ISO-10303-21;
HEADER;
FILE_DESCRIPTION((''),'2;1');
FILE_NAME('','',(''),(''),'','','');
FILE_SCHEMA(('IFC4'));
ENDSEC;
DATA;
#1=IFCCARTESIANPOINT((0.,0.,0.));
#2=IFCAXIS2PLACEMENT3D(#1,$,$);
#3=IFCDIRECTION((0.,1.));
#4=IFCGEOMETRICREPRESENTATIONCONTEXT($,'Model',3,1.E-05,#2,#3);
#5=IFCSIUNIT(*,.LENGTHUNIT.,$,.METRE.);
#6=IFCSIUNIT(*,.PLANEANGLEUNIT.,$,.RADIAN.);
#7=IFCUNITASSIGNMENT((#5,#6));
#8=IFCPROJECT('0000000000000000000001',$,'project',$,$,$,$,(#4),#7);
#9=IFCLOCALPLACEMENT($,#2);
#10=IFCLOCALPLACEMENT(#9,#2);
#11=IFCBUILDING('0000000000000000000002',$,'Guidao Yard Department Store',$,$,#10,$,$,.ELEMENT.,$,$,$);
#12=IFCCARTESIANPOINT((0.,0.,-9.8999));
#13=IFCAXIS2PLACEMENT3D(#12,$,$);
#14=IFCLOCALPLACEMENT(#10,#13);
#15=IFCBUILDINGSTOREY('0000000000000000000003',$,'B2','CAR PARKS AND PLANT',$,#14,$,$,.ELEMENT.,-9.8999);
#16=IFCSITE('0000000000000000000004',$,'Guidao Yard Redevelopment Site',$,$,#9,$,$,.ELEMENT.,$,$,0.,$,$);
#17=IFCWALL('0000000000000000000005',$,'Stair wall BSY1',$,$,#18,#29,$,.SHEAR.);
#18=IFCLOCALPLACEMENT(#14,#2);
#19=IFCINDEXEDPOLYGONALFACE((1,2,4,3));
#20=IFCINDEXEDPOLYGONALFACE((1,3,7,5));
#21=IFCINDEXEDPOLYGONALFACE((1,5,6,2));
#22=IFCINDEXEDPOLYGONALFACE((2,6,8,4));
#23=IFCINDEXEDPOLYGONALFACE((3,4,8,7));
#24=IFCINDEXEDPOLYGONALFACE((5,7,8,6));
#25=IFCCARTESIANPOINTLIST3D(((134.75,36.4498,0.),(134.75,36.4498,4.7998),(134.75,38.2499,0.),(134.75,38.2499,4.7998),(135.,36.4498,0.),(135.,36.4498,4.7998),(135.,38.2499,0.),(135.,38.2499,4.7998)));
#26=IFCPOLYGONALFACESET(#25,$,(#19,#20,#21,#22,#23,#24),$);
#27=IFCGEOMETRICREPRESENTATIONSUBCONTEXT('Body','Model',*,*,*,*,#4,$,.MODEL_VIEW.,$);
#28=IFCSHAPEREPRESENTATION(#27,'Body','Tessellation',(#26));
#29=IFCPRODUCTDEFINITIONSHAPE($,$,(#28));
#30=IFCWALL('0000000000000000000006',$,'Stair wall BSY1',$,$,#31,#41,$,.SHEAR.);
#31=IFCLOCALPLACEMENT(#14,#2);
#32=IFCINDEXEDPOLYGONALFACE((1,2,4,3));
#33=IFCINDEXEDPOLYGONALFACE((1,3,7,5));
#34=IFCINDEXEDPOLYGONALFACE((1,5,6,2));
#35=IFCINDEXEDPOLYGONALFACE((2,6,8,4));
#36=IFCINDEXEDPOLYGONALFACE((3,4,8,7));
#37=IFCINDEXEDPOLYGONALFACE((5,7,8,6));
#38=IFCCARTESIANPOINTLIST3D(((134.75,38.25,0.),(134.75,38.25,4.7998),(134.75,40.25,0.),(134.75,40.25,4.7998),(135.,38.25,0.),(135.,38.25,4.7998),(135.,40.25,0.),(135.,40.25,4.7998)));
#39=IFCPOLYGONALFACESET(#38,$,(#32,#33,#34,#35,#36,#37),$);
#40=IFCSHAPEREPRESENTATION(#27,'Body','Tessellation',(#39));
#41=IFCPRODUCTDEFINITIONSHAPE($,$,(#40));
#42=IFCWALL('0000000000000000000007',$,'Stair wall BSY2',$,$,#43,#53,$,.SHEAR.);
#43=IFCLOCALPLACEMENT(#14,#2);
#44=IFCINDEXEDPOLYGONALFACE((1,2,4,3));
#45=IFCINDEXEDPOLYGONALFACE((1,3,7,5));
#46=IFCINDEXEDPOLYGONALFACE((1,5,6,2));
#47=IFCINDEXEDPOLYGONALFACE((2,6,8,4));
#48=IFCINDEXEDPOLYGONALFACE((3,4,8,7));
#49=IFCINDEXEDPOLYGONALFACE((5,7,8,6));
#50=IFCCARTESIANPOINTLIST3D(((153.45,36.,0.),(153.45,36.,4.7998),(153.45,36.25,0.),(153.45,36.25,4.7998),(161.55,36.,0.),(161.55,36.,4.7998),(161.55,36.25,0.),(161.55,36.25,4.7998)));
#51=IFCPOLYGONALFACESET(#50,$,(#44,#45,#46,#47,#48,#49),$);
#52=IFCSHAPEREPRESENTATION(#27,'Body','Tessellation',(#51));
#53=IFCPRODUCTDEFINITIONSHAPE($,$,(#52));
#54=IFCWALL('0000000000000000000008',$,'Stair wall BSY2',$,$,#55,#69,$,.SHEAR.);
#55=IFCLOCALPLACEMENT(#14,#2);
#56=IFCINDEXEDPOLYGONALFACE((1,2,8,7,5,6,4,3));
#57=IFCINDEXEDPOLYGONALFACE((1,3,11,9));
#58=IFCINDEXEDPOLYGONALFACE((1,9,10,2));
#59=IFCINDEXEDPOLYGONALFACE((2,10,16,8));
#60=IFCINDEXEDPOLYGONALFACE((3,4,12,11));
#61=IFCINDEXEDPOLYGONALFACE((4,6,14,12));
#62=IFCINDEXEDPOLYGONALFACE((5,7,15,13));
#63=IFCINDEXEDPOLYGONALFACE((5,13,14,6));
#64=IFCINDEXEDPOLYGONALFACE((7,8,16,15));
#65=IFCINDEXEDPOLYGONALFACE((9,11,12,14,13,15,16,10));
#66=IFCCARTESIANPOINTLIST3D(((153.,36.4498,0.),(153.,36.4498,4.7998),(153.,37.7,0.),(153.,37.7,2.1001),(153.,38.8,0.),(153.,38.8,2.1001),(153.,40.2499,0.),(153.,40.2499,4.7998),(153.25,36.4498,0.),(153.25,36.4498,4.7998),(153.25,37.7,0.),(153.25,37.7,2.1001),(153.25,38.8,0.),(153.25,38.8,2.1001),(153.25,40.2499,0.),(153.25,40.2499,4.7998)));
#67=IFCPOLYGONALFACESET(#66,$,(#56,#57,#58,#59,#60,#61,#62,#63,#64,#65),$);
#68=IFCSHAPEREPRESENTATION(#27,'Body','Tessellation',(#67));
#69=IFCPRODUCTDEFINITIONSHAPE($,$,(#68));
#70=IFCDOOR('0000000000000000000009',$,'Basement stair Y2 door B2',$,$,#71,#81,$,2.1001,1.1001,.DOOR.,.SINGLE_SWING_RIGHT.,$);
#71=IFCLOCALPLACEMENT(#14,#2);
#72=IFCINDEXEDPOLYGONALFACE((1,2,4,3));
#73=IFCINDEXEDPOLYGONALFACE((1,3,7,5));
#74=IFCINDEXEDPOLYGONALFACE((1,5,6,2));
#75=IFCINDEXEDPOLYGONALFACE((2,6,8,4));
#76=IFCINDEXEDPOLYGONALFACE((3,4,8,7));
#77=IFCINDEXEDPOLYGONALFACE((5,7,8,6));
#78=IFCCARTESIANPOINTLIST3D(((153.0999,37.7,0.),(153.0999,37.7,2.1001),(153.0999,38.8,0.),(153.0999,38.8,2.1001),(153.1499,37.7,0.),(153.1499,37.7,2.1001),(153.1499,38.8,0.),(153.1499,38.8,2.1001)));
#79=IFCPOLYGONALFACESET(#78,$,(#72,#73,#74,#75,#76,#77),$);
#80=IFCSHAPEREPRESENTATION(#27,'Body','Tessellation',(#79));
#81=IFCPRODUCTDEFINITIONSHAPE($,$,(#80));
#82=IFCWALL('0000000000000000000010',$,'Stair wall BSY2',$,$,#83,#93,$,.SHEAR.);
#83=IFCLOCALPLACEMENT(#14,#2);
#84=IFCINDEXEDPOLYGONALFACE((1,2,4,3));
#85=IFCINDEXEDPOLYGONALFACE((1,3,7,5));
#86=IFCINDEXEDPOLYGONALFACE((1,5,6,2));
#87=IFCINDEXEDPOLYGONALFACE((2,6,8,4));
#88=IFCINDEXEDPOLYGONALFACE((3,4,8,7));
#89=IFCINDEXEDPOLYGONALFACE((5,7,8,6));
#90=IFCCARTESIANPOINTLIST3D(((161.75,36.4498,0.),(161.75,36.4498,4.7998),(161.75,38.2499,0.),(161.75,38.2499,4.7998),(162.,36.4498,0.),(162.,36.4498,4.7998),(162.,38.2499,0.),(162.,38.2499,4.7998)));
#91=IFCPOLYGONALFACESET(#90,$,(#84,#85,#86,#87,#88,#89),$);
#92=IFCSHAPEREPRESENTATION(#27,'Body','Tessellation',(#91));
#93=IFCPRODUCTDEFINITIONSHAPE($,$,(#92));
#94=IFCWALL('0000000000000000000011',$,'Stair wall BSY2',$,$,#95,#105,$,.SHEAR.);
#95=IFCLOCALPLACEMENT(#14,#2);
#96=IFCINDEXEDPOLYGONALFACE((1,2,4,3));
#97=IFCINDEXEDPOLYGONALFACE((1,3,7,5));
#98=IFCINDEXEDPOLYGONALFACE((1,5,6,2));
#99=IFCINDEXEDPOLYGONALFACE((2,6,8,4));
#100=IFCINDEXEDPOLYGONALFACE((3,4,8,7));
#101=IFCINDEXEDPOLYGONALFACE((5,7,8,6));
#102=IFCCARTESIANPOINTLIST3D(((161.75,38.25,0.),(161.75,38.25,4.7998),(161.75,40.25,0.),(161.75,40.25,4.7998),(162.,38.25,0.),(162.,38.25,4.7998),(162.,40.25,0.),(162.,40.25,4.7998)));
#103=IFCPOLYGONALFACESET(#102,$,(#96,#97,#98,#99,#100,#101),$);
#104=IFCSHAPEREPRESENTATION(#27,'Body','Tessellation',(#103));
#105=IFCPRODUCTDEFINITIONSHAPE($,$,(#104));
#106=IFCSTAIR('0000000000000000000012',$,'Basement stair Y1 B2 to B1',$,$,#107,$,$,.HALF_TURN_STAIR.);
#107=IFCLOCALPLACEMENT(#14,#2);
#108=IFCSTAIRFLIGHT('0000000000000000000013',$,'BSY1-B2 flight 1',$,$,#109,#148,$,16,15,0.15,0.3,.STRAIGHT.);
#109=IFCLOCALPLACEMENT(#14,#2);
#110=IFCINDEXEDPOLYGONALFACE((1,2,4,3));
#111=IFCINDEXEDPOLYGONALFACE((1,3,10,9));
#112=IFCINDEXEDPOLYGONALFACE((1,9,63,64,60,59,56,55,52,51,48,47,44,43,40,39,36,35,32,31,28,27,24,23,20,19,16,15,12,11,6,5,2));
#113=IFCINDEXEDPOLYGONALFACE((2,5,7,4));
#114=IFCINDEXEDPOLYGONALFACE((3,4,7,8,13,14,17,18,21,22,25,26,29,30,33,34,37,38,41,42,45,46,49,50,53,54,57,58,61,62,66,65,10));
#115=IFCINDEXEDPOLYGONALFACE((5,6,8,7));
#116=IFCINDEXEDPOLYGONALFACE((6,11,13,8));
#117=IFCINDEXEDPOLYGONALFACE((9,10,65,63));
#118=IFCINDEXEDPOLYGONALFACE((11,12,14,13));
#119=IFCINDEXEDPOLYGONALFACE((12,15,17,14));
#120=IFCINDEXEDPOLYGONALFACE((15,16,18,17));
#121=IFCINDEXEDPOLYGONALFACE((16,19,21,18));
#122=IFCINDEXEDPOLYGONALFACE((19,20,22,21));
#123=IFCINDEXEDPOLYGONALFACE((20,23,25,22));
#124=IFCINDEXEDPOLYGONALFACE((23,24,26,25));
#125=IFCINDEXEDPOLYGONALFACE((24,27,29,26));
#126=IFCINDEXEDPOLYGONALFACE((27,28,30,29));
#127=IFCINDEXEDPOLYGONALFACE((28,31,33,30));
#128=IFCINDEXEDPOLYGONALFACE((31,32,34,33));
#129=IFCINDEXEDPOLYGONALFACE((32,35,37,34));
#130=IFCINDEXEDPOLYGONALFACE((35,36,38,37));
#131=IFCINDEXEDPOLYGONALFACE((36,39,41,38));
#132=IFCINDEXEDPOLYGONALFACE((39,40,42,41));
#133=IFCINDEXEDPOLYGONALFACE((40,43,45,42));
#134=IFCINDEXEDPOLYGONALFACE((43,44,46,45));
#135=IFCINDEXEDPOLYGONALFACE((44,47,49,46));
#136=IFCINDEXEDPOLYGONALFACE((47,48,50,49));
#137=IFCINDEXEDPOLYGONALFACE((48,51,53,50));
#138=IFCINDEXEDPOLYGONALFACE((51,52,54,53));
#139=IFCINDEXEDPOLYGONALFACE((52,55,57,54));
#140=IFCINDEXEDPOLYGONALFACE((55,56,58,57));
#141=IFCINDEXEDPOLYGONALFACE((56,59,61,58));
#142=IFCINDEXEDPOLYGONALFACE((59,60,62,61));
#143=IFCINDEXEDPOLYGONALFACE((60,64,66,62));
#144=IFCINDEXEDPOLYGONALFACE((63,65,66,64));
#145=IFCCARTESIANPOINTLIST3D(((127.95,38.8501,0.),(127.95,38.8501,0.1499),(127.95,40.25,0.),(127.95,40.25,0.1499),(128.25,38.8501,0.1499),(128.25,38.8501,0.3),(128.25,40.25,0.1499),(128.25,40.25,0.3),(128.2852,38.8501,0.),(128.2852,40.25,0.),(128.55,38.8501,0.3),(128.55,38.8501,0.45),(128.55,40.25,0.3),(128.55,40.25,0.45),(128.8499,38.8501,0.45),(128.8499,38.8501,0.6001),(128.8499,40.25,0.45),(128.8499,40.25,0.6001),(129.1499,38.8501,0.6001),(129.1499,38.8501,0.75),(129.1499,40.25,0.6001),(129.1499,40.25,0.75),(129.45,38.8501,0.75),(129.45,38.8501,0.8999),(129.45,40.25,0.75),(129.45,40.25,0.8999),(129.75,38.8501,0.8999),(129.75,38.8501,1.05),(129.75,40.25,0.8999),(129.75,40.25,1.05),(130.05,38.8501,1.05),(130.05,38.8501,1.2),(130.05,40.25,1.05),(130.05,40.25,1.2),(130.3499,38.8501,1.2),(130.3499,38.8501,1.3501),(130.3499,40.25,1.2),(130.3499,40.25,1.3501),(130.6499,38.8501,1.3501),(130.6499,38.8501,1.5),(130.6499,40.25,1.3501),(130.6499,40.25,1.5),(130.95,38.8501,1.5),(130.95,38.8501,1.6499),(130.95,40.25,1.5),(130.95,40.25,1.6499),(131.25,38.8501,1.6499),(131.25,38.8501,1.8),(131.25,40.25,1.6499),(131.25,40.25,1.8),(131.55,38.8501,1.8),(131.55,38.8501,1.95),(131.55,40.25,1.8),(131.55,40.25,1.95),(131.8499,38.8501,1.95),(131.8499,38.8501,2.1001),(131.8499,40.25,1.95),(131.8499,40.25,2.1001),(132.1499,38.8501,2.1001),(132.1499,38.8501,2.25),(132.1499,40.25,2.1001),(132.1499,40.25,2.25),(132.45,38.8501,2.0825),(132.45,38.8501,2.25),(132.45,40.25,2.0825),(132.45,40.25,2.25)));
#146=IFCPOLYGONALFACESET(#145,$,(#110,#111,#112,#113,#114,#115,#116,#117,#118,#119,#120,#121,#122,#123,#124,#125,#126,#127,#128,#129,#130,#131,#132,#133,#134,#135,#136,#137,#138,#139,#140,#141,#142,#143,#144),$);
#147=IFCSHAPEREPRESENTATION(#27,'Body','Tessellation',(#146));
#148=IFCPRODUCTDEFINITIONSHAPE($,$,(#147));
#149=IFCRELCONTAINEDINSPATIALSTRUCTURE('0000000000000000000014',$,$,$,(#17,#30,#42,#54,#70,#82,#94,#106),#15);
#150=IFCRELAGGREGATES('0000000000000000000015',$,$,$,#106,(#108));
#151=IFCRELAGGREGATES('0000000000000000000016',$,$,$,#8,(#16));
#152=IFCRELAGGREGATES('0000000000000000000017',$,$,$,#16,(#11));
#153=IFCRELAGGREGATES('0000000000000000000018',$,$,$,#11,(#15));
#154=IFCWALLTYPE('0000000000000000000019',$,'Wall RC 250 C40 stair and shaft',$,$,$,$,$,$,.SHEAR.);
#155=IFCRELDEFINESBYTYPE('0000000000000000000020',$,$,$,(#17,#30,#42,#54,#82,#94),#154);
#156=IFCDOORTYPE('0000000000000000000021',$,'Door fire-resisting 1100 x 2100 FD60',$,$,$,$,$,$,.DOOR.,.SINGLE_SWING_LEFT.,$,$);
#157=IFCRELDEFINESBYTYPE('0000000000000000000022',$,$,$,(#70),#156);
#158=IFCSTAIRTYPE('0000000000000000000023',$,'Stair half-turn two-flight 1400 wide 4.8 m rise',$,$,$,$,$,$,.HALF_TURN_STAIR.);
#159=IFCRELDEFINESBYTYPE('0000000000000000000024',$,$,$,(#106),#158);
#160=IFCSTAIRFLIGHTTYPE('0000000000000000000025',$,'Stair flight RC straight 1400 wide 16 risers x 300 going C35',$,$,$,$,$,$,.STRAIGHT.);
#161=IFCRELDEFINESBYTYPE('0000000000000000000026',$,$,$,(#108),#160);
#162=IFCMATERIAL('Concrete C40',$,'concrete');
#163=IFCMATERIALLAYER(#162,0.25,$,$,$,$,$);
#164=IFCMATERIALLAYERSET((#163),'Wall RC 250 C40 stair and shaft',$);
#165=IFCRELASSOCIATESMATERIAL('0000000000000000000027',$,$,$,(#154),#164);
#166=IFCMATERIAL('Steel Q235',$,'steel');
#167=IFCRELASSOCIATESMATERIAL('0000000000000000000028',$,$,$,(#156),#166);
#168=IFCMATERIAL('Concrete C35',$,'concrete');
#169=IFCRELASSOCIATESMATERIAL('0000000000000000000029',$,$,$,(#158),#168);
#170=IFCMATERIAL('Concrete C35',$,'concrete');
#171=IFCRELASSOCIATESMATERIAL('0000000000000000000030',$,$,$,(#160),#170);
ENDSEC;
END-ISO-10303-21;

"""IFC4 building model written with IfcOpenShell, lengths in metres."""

from ifc_helpers import new_model, si_unit, direction, frame, frame_2d, origin, place, context, subcontext, project, spatial, polyline, rectangle, outline, extrude, material, layer, layer_set, type_object, element, fill, aggregate, save


model = new_model("IFC4")

# Units and contexts
model_context = context("Model", 3, precision=1e-05, world=origin(), true_north=direction((0.0, 1.0)))
body_context = subcontext(model_context, "Body", "Model", "MODEL_VIEW")
ifc_project = project(units=[si_unit("LENGTHUNIT", "METRE"), si_unit("PLANEANGLEUNIT", "RADIAN")], contexts=[model_context])

# Site, building, storey
site_placement = place(None, origin())
site = spatial("IfcSite", under=ifc_project, at=site_placement, Name="Guidao Yard Redevelopment Site", CompositionType="ELEMENT", RefElevation=0.0)
building_placement = place(site_placement, origin())
building = spatial("IfcBuilding", under=site, at=building_placement, Name="Guidao Yard Department Store", CompositionType="ELEMENT")
storey_placement = place(building_placement, frame((0.0, 0.0, -9.8999)))
storey = spatial("IfcBuildingStorey", under=building, at=storey_placement, Name="B2", Description="CAR PARKS AND PLANT", CompositionType="ELEMENT", Elevation=-9.8999)

# Shared definitions
ifc_material_1 = material(Name="Concrete C40", Category="concrete")
ifc_layer_1 = layer(ifc_material_1, 0.25)
ifc_layer_set_1 = layer_set([ifc_layer_1], Name="Wall RC 250 C40 stair and shaft")
wall_type_1 = type_object("IfcWallType", Name="Wall RC 250 C40 stair and shaft", PredefinedType="SHEAR", material=ifc_layer_set_1)

# Shared definitions
ifc_material_2 = material(Name="Steel Q235", Category="steel")
door_type = type_object("IfcDoorType", Name="Door fire-resisting 1100 x 2100 FD60", OperationType="SINGLE_SWING_LEFT", PredefinedType="DOOR", material=ifc_material_2)

# Walls
wall_1_placement = place(storey_placement, frame((134.875, 36.45, 0.0), z_axis=(0.0, 0.0, 1.0), x_axis=(0.0, 1.0, 0.0)))
element("IfcWall", 1, at=wall_1_placement, inside=storey, type_object=wall_type_1, Name="Stair wall BSY1", PredefinedType="SHEAR", context=body_context, shape_type="SweptSolid", body=[
    extrude(rectangle(XDim=1.8, YDim=0.25, at=frame_2d((0.8999, 0.0))), origin(), (0.0, 0.0, 1.0), 4.7998),
])
wall_2_placement = place(storey_placement, frame((134.875, 38.25, 0.0), z_axis=(0.0, 0.0, 1.0), x_axis=(0.0, 1.0, 0.0)))
element("IfcWall", 2, at=wall_2_placement, inside=storey, type_object=wall_type_1, Name="Stair wall BSY1", PredefinedType="SHEAR", context=body_context, shape_type="SweptSolid", body=[
    extrude(rectangle(XDim=2.0, YDim=0.25, at=frame_2d((1.0, 0.0))), origin(), (0.0, 0.0, 1.0), 4.7998),
])
wall_3_placement = place(storey_placement, frame((153.45, 36.125, 0.0), z_axis=(0.0, 0.0, 1.0), x_axis=(1.0, 0.0, 0.0)))
element("IfcWall", 3, at=wall_3_placement, inside=storey, type_object=wall_type_1, Name="Stair wall BSY2", PredefinedType="SHEAR", context=body_context, shape_type="SweptSolid", body=[
    extrude(rectangle(XDim=8.1001, YDim=0.25, at=frame_2d((4.05, 0.0))), origin(), (0.0, 0.0, 1.0), 4.7998),
])

# Wall, opening, door
wall_4_placement = place(storey_placement, frame((153.125, 36.45, 0.0), z_axis=(0.0, 0.0, 1.0), x_axis=(0.0, 1.0, 0.0)))
wall_4 = element("IfcWall", 4, at=wall_4_placement, inside=storey, type_object=wall_type_1, Name="Stair wall BSY2", PredefinedType="SHEAR", context=body_context, shape_type="SweptSolid", body=[
    extrude(rectangle(XDim=3.8, YDim=0.25, at=frame_2d((1.8999, 0.0))), origin(), (0.0, 0.0, 1.0), 4.7998),
])
opening_1_placement = place(wall_4_placement, frame((2.3501, 0.0, 0.0), z_axis=(0.0, 0.0, 1.0), x_axis=(-1.0, 0.0, 0.0)))
opening_1 = element("IfcOpeningElement", 5, at=opening_1_placement, cuts=wall_4, PredefinedType="OPENING", context=body_context, shape_type="SweptSolid", body=[
    extrude(rectangle(XDim=1.1001, YDim=2.1001, at=frame_2d((0.55, 1.05))), frame((0.0, 0.135, 0.0), z_axis=(0.0, -1.0, 0.0), x_axis=(1.0, 0.0, 0.0)), (0.0, 0.0, 1.0), 0.27),
])
door_1_placement = place(opening_1_placement, origin())
door_1 = element("IfcDoor", 6, at=door_1_placement, inside=storey, type_object=door_type, Name="Basement stair Y2 door B2", OperationType="SINGLE_SWING_RIGHT", OverallHeight=2.1001, OverallWidth=1.1001, PredefinedType="DOOR", context=body_context, shape_type="SweptSolid", body=[
    extrude(rectangle(XDim=1.1001, YDim=2.1001, at=frame_2d((0.55, 1.05))), frame((0.0, 0.0249, 0.0), z_axis=(0.0, -1.0, 0.0), x_axis=(1.0, 0.0, 0.0)), (0.0, 0.0, 1.0), 0.05),
])
fill(opening_1, door_1)

# Walls
wall_5_placement = place(storey_placement, frame((161.875, 36.45, 0.0), z_axis=(0.0, 0.0, 1.0), x_axis=(0.0, 1.0, 0.0)))
element("IfcWall", 7, at=wall_5_placement, inside=storey, type_object=wall_type_1, Name="Stair wall BSY2", PredefinedType="SHEAR", context=body_context, shape_type="SweptSolid", body=[
    extrude(rectangle(XDim=1.8, YDim=0.25, at=frame_2d((0.8999, 0.0))), origin(), (0.0, 0.0, 1.0), 4.7998),
])
wall_6_placement = place(storey_placement, frame((161.875, 38.25, 0.0), z_axis=(0.0, 0.0, 1.0), x_axis=(0.0, 1.0, 0.0)))
element("IfcWall", 8, at=wall_6_placement, inside=storey, type_object=wall_type_1, Name="Stair wall BSY2", PredefinedType="SHEAR", context=body_context, shape_type="SweptSolid", body=[
    extrude(rectangle(XDim=2.0, YDim=0.25, at=frame_2d((1.0, 0.0))), origin(), (0.0, 0.0, 1.0), 4.7998),
])

# Stair, stair flight
ifc_material_3 = material(Name="Concrete C35", Category="concrete")
stair_type = type_object("IfcStairType", Name="Stair half-turn two-flight 1400 wide 4.8 m rise", PredefinedType="HALF_TURN_STAIR", material=ifc_material_3)
stair_1_placement = place(storey_placement, origin())
stair_1 = element("IfcStair", 9, at=stair_1_placement, inside=storey, type_object=stair_type, Name="Basement stair Y1 B2 to B1", PredefinedType="HALF_TURN_STAIR")
ifc_material_4 = material(Name="Concrete C35", Category="concrete")
stair_flight_type = type_object("IfcStairFlightType", Name="Stair flight RC straight 1400 wide 16 risers x 300 going C35", PredefinedType="STRAIGHT", material=ifc_material_4)
stair_flight_1_placement = place(storey_placement, frame((127.95, 39.55, 0.0), z_axis=(0.0, 0.0, 1.0), x_axis=(1.0, 0.0, 0.0)))
stair_flight_1 = element("IfcStairFlight", 10, at=stair_flight_1_placement, type_object=stair_flight_type, Name="BSY1-B2 flight 1", NumberOfRisers=16, NumberOfTreads=15, PredefinedType="STRAIGHT", RiserHeight=0.15, TreadLength=0.3, context=body_context, shape_type="SweptSolid", body=[
    extrude(outline(polyline([(0.0, 0.0), (0.0, 0.1499), (0.3, 0.1499), (0.3, 0.3), (0.6001, 0.3), (0.6001, 0.45), (0.8999, 0.45), (0.8999, 0.6001), (1.2, 0.6001), (1.2, 0.75), (1.5, 0.75), (1.5, 0.8999), (1.8, 0.8999), (1.8, 1.05), (2.1001, 1.05), (2.1001, 1.2), (2.3999, 1.2), (2.3999, 1.3501), (2.7, 1.3501), (2.7, 1.5), (3.0, 1.5), (3.0, 1.6499), (3.3, 1.6499), (3.3, 1.8), (3.6001, 1.8), (3.6001, 1.95), (3.8999, 1.95), (3.8999, 2.1001), (4.2, 2.1001), (4.2, 2.25), (4.5, 2.25), (4.5, 2.3999), (4.5, 2.0825), (0.3352, 0.0), (0.0, 0.0)])), frame((0.0, 0.7, 0.0), z_axis=(0.0, -1.0, 0.0), x_axis=(1.0, 0.0, 0.0)), (0.0, 0.0, 1.0), 1.3999),
])
aggregate(stair_1, [stair_flight_1])

save(model, "model.ifc")
